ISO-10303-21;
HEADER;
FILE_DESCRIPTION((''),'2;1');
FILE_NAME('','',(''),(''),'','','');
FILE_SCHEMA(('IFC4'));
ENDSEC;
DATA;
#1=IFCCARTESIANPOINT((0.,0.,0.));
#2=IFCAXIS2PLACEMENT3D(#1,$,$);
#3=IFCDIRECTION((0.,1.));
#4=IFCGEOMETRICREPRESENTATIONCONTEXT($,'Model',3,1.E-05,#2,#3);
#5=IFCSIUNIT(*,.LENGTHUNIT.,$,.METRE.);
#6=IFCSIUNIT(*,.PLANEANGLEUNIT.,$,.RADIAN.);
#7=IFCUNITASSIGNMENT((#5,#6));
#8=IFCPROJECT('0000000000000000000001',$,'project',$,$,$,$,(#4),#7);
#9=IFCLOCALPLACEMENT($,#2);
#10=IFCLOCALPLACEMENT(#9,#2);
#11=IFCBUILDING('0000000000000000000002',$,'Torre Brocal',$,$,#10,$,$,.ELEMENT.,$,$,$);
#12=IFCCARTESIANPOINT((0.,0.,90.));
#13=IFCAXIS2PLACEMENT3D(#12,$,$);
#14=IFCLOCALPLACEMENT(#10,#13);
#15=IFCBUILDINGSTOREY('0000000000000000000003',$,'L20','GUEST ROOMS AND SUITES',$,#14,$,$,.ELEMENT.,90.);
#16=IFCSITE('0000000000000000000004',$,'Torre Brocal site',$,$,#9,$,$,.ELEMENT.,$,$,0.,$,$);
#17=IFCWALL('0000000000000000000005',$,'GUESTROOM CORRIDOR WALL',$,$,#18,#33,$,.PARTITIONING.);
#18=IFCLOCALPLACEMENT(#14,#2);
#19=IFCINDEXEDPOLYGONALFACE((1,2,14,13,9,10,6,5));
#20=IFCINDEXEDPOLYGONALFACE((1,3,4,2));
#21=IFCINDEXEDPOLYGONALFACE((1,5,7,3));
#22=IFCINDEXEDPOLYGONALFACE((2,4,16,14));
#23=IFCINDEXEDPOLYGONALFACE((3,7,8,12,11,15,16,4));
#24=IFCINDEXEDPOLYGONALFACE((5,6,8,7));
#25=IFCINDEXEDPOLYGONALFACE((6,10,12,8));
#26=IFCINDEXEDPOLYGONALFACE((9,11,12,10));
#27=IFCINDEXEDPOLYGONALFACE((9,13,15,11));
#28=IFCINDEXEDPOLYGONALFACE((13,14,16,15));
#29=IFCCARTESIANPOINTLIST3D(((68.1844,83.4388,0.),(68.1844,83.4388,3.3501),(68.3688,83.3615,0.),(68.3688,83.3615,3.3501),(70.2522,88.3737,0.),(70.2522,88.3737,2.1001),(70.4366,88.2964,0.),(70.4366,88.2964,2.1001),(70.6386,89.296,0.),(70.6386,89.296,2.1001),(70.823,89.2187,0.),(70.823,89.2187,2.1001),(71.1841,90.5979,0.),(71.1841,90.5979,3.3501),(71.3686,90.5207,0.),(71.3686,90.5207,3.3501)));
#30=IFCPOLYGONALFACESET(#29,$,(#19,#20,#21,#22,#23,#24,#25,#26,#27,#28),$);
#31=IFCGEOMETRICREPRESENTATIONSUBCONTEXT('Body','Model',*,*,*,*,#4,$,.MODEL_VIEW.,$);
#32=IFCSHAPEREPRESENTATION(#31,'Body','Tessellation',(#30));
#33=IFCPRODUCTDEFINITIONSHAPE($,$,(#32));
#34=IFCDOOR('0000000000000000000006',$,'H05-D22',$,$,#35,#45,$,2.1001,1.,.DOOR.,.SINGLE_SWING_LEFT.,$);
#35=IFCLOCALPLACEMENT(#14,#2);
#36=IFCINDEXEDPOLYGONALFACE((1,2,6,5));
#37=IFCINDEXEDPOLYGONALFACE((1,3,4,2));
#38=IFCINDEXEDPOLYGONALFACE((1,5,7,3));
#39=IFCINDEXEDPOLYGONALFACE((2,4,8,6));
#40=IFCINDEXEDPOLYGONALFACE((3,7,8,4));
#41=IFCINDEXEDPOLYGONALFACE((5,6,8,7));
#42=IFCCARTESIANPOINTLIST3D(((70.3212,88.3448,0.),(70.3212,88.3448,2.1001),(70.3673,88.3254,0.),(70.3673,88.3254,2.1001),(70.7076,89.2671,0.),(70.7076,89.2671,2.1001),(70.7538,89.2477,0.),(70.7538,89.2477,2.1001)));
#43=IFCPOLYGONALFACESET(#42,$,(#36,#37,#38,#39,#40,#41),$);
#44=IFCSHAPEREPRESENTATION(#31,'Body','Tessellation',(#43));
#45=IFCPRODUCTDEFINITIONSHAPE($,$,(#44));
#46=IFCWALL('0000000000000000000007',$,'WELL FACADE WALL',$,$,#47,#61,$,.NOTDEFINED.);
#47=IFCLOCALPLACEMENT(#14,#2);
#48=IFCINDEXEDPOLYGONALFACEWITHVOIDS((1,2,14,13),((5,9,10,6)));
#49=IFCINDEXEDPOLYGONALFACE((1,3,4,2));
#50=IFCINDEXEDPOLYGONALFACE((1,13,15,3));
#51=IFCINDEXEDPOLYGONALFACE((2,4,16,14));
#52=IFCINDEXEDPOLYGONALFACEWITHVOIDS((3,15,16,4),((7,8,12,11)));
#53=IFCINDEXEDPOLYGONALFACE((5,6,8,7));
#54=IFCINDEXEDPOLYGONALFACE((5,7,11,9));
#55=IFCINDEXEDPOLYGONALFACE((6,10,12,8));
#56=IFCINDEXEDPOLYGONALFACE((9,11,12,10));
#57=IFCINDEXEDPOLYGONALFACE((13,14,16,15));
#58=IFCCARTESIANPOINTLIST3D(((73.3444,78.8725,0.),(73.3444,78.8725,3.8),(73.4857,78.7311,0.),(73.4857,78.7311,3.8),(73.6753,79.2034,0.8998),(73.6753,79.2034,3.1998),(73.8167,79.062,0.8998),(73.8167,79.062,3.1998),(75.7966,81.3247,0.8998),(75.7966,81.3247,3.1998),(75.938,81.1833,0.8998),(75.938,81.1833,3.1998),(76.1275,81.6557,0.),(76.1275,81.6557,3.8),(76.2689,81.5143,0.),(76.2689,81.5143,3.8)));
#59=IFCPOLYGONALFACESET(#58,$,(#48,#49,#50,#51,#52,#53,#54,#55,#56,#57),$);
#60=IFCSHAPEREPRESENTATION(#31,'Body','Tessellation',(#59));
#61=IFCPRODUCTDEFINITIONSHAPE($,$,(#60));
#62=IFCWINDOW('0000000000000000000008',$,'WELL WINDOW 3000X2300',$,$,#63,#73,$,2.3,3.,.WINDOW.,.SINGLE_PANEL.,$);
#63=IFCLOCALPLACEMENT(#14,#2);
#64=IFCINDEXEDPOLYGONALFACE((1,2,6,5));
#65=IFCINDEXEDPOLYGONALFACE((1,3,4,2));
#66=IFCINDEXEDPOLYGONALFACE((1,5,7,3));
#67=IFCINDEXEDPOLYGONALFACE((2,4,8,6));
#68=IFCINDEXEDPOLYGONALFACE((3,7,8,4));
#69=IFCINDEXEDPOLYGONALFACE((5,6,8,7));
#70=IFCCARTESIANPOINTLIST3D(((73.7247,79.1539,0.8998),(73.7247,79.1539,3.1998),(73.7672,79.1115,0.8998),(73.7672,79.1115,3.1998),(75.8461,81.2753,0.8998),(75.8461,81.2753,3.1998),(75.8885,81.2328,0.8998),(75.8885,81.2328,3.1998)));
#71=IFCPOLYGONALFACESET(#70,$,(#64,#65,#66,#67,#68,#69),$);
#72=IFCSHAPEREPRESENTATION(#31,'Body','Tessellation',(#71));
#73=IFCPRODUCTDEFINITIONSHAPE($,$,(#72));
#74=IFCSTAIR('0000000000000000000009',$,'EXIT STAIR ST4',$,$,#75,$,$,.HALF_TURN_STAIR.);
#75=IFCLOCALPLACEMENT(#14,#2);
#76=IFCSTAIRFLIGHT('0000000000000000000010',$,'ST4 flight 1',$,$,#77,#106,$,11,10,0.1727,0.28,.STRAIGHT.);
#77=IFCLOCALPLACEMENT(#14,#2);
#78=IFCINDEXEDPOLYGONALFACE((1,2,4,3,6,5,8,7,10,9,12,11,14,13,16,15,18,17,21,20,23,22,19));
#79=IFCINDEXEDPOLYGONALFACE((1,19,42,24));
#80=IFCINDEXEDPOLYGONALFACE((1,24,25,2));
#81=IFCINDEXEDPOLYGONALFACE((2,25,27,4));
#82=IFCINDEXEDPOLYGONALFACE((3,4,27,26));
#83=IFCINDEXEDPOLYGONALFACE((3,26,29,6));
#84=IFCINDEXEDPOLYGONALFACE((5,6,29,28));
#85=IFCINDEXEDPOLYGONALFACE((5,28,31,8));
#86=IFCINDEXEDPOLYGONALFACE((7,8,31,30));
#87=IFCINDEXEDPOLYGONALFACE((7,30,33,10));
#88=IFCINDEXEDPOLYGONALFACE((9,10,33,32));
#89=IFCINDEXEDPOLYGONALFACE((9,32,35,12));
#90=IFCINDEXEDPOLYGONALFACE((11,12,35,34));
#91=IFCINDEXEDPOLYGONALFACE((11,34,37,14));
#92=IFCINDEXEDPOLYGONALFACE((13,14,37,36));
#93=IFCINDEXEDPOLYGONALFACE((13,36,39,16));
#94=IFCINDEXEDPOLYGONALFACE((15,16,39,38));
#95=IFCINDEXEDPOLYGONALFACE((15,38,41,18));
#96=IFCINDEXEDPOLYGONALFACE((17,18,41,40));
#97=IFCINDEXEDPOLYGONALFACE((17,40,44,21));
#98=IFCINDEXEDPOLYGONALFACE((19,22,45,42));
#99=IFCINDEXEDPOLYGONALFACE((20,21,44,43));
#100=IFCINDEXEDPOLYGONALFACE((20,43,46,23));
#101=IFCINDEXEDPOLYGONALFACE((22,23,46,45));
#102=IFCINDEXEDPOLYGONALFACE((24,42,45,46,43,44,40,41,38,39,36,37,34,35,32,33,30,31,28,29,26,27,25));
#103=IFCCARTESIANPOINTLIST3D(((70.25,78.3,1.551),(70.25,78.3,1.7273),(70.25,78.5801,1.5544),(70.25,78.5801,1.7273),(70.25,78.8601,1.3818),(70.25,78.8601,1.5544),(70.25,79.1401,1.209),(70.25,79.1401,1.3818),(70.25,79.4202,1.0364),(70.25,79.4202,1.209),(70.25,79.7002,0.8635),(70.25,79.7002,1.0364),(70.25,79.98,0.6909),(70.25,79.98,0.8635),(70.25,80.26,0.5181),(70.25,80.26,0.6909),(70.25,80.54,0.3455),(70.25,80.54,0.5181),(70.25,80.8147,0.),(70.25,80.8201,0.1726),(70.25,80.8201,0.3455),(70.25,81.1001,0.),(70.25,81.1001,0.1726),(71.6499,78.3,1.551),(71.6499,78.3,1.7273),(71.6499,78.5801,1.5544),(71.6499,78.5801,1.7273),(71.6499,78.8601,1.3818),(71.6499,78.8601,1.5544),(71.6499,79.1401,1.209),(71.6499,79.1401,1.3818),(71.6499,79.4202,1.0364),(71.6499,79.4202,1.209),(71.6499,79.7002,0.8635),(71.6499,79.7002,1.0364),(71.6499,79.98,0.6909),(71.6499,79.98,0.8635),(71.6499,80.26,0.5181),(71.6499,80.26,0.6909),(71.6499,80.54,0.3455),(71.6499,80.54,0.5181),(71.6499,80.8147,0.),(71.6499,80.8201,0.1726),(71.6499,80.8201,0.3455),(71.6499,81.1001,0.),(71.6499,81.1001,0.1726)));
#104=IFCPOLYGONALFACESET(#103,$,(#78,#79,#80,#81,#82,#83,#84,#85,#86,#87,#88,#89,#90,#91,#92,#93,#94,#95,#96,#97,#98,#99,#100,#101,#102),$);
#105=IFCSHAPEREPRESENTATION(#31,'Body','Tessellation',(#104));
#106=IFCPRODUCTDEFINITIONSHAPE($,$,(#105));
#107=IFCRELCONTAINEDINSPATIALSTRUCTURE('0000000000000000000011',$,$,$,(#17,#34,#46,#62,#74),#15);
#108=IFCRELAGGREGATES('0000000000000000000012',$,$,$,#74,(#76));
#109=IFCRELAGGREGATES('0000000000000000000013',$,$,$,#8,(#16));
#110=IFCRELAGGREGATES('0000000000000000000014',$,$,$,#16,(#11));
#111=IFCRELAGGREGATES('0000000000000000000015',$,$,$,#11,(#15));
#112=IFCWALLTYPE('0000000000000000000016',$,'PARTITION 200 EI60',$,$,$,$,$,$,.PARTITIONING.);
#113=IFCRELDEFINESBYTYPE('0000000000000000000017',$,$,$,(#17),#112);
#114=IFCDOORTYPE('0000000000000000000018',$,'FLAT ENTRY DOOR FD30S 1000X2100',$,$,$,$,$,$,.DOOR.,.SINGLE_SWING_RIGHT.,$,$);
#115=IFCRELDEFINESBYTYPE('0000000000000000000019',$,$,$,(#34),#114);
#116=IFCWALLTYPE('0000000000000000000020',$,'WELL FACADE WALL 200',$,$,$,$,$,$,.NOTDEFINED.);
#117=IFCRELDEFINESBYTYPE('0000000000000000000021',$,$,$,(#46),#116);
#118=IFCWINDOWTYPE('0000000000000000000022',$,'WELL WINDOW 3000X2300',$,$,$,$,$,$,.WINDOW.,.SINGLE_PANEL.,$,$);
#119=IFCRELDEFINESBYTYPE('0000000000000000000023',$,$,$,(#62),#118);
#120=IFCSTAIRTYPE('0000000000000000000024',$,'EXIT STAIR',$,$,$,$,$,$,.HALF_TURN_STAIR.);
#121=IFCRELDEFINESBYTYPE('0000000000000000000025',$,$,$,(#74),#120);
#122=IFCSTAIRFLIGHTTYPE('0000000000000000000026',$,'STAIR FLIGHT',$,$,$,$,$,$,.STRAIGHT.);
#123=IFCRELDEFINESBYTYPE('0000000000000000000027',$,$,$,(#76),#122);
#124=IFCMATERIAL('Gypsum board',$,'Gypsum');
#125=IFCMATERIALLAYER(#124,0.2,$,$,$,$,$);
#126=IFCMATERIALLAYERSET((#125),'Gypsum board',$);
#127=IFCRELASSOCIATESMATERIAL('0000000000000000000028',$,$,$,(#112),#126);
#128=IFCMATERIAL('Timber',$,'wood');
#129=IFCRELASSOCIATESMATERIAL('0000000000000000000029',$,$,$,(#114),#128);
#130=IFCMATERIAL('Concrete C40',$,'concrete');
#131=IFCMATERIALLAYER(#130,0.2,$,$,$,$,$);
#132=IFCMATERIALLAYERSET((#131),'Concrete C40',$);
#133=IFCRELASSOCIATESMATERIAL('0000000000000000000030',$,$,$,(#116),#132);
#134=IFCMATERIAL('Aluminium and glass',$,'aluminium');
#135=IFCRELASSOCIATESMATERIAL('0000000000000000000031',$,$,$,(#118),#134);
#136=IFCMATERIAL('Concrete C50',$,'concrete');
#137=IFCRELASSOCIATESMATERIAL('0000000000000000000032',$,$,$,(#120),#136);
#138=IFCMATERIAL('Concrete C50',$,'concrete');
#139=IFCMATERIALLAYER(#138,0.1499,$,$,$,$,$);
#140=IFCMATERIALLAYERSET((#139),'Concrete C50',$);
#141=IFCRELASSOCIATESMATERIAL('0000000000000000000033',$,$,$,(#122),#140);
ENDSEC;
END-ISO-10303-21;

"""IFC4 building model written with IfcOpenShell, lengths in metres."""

from ifc_helpers import new_model, si_unit, direction, frame, frame_2d, origin, place, context, subcontext, project, spatial, polyline, rectangle, outline, extrude, material, layer, layer_set, type_object, element, fill, aggregate, save


model = new_model("IFC4")

# Units and contexts
model_context = context("Model", 3, precision=1e-05, world=origin(), true_north=direction((0.0, 1.0)))
body_context = subcontext(model_context, "Body", "Model", "MODEL_VIEW")
ifc_project = project(units=[si_unit("LENGTHUNIT", "METRE"), si_unit("PLANEANGLEUNIT", "RADIAN")], contexts=[model_context])

# Site, building, storey
site_placement = place(None, origin())
site = spatial("IfcSite", under=ifc_project, at=site_placement, Name="Torre Brocal site", CompositionType="ELEMENT", RefElevation=0.0)
building_placement = place(site_placement, origin())
building = spatial("IfcBuilding", under=site, at=building_placement, Name="Torre Brocal", CompositionType="ELEMENT")
storey_placement = place(building_placement, frame((0.0, 0.0, 90.0)))
storey = spatial("IfcBuildingStorey", under=building, at=storey_placement, Name="L20", Description="GUEST ROOMS AND SUITES", CompositionType="ELEMENT", Elevation=90.0)

# Wall, opening, door
ifc_material_1 = material(Name="Gypsum board", Category="Gypsum")
ifc_layer_1 = layer(ifc_material_1, 0.2)
ifc_layer_set_1 = layer_set([ifc_layer_1], Name="Gypsum board")
wall_type_1 = type_object("IfcWallType", Name="PARTITION 200 EI60", PredefinedType="PARTITIONING", material=ifc_layer_set_1)
ifc_material_2 = material(Name="Timber", Category="wood")
door_type_1 = type_object("IfcDoorType", Name="FLAT ENTRY DOOR FD30S 1000X2100", OperationType="SINGLE_SWING_RIGHT", PredefinedType="DOOR", material=ifc_material_2)
wall_1_placement = place(storey_placement, frame((68.2766, 83.4001, 0.0), z_axis=(0.0, 0.0, 1.0), x_axis=(0.386455, 0.922308, 0.0)))
wall_1 = element("IfcWall", 1, at=wall_1_placement, inside=storey, type_object=wall_type_1, Name="GUESTROOM CORRIDOR WALL", PredefinedType="PARTITIONING", context=body_context, shape_type="SweptSolid", body=[
    extrude(rectangle(XDim=7.7622, YDim=0.2, at=frame_2d((3.8811, 0.0))), origin(), (0.0, 0.0, 1.0), 3.3501),
])
opening_1_placement = place(wall_1_placement, frame((5.3506, 0.0, 0.0)))
opening_1 = element("IfcOpeningElement", 2, at=opening_1_placement, cuts=wall_1, PredefinedType="OPENING", context=body_context, shape_type="SweptSolid", body=[
    extrude(rectangle(XDim=1.0, YDim=2.1001, at=frame_2d((0.5, 1.05))), frame((0.0, 0.1099, 0.0), z_axis=(0.0, -1.0, 0.0), x_axis=(1.0, 0.0, 0.0)), (0.0, 0.0, 1.0), 0.22),
])
door_1_placement = place(opening_1_placement, frame((1.0, 0.0, 0.0), z_axis=(0.0, 0.0, 1.0), x_axis=(-1.0, 0.0, 0.0)))
door_1 = element("IfcDoor", 3, at=door_1_placement, inside=storey, type_object=door_type_1, Name="H05-D22", OperationType="SINGLE_SWING_LEFT", OverallHeight=2.1001, OverallWidth=1.0, PredefinedType="DOOR", context=body_context, shape_type="SweptSolid", body=[
    extrude(rectangle(XDim=1.0, YDim=2.1001, at=frame_2d((0.5, 1.05))), frame((0.0, 0.0249, 0.0), z_axis=(0.0, -1.0, 0.0), x_axis=(1.0, 0.0, 0.0)), (0.0, 0.0, 1.0), 0.05),
])
fill(opening_1, door_1)

# Wall, opening, window
ifc_material_3 = material(Name="Concrete C40", Category="concrete")
ifc_layer_2 = layer(ifc_material_3, 0.2)
ifc_layer_set_2 = layer_set([ifc_layer_2], Name="Concrete C40")
wall_type_2 = type_object("IfcWallType", Name="WELL FACADE WALL 200", PredefinedType="NOTDEFINED", material=ifc_layer_set_2)
wall_2_placement = place(storey_placement, frame((76.1982, 81.585, 0.0), z_axis=(0.0, 0.0, 1.0), x_axis=(-0.707107, -0.707107, 0.0)))
wall_2 = element("IfcWall", 4, at=wall_2_placement, inside=storey, type_object=wall_type_2, Name="WELL FACADE WALL", PredefinedType="NOTDEFINED", context=body_context, shape_type="SweptSolid", body=[
    extrude(rectangle(XDim=3.936, YDim=0.2, at=frame_2d((1.968, 0.0))), origin(), (0.0, 0.0, 1.0), 3.8),
])
opening_2_placement = place(wall_2_placement, frame((0.468, 0.0, 0.8999)))
opening_2 = element("IfcOpeningElement", 5, at=opening_2_placement, cuts=wall_2, PredefinedType="OPENING", context=body_context, shape_type="SweptSolid", body=[
    extrude(rectangle(XDim=3.0, YDim=2.3, at=frame_2d((1.5, 1.1499))), frame((0.0, 0.1099, 0.0), z_axis=(0.0, -1.0, 0.0), x_axis=(1.0, 0.0, 0.0)), (0.0, 0.0, 1.0), 0.22),
])
ifc_material_4 = material(Name="Aluminium and glass", Category="aluminium")
window_type = type_object("IfcWindowType", Name="WELL WINDOW 3000X2300", PartitioningType="SINGLE_PANEL", PredefinedType="WINDOW", material=ifc_material_4)
window_placement = place(opening_2_placement, origin())
window = element("IfcWindow", 6, at=window_placement, inside=storey, type_object=window_type, Name="WELL WINDOW 3000X2300", OverallHeight=2.3, OverallWidth=3.0, PartitioningType="SINGLE_PANEL", PredefinedType="WINDOW", context=body_context, shape_type="SweptSolid", body=[
    extrude(rectangle(XDim=3.0, YDim=2.3, at=frame_2d((1.5, 1.1499))), frame((0.0, 0.03, 0.0), z_axis=(0.0, -1.0, 0.0), x_axis=(1.0, 0.0, 0.0)), (0.0, 0.0, 1.0), 0.0601),
])
fill(opening_2, window)

# Stair, stair flight
ifc_material_5 = material(Name="Concrete C50", Category="concrete")
stair_type = type_object("IfcStairType", Name="EXIT STAIR", PredefinedType="HALF_TURN_STAIR", material=ifc_material_5)
stair_placement = place(storey_placement, origin())
stair = element("IfcStair", 7, at=stair_placement, inside=storey, type_object=stair_type, Name="EXIT STAIR ST4", PredefinedType="HALF_TURN_STAIR")
ifc_material_6 = material(Name="Concrete C50", Category="concrete")
ifc_layer_3 = layer(ifc_material_6, 0.1499)
ifc_layer_set_3 = layer_set([ifc_layer_3], Name="Concrete C50")
stair_flight_type = type_object("IfcStairFlightType", Name="STAIR FLIGHT", PredefinedType="STRAIGHT", material=ifc_layer_set_3)
stair_flight_placement = place(storey_placement, frame((70.95, 81.1001, 0.0), z_axis=(0.0, 0.0, 1.0), x_axis=(0.0, -1.0, 0.0)))
stair_flight = element("IfcStairFlight", 8, at=stair_flight_placement, type_object=stair_flight_type, Name="ST4 flight 1", NumberOfRisers=11, NumberOfTreads=10, PredefinedType="STRAIGHT", RiserHeight=0.1727, TreadLength=0.28, context=body_context, shape_type="SweptSolid", body=[
    extrude(outline(polyline([(0.0, 0.0), (0.0, 0.1726), (0.28, 0.1726), (0.28, 0.3455), (0.5601, 0.3455), (0.5601, 0.5181), (0.8401, 0.5181), (0.8401, 0.6909), (1.1201, 0.6909), (1.1201, 0.8635), (1.3999, 0.8635), (1.3999, 1.0364), (1.6799, 1.0364), (1.6799, 1.209), (1.96, 1.209), (1.96, 1.3818), (2.24, 1.3818), (2.24, 1.5544), (2.52, 1.5544), (2.52, 1.7273), (2.8, 1.7273), (2.8, 1.8999), (2.8, 1.551), (0.2854, 0.0), (0.0, 0.0)])), frame((0.0, 0.7, 0.0), z_axis=(0.0, -1.0, 0.0), x_axis=(1.0, 0.0, 0.0)), (0.0, 0.0, 1.0), 1.3999),
])
aggregate(stair, [stair_flight])

save(model, "model.ifc")
